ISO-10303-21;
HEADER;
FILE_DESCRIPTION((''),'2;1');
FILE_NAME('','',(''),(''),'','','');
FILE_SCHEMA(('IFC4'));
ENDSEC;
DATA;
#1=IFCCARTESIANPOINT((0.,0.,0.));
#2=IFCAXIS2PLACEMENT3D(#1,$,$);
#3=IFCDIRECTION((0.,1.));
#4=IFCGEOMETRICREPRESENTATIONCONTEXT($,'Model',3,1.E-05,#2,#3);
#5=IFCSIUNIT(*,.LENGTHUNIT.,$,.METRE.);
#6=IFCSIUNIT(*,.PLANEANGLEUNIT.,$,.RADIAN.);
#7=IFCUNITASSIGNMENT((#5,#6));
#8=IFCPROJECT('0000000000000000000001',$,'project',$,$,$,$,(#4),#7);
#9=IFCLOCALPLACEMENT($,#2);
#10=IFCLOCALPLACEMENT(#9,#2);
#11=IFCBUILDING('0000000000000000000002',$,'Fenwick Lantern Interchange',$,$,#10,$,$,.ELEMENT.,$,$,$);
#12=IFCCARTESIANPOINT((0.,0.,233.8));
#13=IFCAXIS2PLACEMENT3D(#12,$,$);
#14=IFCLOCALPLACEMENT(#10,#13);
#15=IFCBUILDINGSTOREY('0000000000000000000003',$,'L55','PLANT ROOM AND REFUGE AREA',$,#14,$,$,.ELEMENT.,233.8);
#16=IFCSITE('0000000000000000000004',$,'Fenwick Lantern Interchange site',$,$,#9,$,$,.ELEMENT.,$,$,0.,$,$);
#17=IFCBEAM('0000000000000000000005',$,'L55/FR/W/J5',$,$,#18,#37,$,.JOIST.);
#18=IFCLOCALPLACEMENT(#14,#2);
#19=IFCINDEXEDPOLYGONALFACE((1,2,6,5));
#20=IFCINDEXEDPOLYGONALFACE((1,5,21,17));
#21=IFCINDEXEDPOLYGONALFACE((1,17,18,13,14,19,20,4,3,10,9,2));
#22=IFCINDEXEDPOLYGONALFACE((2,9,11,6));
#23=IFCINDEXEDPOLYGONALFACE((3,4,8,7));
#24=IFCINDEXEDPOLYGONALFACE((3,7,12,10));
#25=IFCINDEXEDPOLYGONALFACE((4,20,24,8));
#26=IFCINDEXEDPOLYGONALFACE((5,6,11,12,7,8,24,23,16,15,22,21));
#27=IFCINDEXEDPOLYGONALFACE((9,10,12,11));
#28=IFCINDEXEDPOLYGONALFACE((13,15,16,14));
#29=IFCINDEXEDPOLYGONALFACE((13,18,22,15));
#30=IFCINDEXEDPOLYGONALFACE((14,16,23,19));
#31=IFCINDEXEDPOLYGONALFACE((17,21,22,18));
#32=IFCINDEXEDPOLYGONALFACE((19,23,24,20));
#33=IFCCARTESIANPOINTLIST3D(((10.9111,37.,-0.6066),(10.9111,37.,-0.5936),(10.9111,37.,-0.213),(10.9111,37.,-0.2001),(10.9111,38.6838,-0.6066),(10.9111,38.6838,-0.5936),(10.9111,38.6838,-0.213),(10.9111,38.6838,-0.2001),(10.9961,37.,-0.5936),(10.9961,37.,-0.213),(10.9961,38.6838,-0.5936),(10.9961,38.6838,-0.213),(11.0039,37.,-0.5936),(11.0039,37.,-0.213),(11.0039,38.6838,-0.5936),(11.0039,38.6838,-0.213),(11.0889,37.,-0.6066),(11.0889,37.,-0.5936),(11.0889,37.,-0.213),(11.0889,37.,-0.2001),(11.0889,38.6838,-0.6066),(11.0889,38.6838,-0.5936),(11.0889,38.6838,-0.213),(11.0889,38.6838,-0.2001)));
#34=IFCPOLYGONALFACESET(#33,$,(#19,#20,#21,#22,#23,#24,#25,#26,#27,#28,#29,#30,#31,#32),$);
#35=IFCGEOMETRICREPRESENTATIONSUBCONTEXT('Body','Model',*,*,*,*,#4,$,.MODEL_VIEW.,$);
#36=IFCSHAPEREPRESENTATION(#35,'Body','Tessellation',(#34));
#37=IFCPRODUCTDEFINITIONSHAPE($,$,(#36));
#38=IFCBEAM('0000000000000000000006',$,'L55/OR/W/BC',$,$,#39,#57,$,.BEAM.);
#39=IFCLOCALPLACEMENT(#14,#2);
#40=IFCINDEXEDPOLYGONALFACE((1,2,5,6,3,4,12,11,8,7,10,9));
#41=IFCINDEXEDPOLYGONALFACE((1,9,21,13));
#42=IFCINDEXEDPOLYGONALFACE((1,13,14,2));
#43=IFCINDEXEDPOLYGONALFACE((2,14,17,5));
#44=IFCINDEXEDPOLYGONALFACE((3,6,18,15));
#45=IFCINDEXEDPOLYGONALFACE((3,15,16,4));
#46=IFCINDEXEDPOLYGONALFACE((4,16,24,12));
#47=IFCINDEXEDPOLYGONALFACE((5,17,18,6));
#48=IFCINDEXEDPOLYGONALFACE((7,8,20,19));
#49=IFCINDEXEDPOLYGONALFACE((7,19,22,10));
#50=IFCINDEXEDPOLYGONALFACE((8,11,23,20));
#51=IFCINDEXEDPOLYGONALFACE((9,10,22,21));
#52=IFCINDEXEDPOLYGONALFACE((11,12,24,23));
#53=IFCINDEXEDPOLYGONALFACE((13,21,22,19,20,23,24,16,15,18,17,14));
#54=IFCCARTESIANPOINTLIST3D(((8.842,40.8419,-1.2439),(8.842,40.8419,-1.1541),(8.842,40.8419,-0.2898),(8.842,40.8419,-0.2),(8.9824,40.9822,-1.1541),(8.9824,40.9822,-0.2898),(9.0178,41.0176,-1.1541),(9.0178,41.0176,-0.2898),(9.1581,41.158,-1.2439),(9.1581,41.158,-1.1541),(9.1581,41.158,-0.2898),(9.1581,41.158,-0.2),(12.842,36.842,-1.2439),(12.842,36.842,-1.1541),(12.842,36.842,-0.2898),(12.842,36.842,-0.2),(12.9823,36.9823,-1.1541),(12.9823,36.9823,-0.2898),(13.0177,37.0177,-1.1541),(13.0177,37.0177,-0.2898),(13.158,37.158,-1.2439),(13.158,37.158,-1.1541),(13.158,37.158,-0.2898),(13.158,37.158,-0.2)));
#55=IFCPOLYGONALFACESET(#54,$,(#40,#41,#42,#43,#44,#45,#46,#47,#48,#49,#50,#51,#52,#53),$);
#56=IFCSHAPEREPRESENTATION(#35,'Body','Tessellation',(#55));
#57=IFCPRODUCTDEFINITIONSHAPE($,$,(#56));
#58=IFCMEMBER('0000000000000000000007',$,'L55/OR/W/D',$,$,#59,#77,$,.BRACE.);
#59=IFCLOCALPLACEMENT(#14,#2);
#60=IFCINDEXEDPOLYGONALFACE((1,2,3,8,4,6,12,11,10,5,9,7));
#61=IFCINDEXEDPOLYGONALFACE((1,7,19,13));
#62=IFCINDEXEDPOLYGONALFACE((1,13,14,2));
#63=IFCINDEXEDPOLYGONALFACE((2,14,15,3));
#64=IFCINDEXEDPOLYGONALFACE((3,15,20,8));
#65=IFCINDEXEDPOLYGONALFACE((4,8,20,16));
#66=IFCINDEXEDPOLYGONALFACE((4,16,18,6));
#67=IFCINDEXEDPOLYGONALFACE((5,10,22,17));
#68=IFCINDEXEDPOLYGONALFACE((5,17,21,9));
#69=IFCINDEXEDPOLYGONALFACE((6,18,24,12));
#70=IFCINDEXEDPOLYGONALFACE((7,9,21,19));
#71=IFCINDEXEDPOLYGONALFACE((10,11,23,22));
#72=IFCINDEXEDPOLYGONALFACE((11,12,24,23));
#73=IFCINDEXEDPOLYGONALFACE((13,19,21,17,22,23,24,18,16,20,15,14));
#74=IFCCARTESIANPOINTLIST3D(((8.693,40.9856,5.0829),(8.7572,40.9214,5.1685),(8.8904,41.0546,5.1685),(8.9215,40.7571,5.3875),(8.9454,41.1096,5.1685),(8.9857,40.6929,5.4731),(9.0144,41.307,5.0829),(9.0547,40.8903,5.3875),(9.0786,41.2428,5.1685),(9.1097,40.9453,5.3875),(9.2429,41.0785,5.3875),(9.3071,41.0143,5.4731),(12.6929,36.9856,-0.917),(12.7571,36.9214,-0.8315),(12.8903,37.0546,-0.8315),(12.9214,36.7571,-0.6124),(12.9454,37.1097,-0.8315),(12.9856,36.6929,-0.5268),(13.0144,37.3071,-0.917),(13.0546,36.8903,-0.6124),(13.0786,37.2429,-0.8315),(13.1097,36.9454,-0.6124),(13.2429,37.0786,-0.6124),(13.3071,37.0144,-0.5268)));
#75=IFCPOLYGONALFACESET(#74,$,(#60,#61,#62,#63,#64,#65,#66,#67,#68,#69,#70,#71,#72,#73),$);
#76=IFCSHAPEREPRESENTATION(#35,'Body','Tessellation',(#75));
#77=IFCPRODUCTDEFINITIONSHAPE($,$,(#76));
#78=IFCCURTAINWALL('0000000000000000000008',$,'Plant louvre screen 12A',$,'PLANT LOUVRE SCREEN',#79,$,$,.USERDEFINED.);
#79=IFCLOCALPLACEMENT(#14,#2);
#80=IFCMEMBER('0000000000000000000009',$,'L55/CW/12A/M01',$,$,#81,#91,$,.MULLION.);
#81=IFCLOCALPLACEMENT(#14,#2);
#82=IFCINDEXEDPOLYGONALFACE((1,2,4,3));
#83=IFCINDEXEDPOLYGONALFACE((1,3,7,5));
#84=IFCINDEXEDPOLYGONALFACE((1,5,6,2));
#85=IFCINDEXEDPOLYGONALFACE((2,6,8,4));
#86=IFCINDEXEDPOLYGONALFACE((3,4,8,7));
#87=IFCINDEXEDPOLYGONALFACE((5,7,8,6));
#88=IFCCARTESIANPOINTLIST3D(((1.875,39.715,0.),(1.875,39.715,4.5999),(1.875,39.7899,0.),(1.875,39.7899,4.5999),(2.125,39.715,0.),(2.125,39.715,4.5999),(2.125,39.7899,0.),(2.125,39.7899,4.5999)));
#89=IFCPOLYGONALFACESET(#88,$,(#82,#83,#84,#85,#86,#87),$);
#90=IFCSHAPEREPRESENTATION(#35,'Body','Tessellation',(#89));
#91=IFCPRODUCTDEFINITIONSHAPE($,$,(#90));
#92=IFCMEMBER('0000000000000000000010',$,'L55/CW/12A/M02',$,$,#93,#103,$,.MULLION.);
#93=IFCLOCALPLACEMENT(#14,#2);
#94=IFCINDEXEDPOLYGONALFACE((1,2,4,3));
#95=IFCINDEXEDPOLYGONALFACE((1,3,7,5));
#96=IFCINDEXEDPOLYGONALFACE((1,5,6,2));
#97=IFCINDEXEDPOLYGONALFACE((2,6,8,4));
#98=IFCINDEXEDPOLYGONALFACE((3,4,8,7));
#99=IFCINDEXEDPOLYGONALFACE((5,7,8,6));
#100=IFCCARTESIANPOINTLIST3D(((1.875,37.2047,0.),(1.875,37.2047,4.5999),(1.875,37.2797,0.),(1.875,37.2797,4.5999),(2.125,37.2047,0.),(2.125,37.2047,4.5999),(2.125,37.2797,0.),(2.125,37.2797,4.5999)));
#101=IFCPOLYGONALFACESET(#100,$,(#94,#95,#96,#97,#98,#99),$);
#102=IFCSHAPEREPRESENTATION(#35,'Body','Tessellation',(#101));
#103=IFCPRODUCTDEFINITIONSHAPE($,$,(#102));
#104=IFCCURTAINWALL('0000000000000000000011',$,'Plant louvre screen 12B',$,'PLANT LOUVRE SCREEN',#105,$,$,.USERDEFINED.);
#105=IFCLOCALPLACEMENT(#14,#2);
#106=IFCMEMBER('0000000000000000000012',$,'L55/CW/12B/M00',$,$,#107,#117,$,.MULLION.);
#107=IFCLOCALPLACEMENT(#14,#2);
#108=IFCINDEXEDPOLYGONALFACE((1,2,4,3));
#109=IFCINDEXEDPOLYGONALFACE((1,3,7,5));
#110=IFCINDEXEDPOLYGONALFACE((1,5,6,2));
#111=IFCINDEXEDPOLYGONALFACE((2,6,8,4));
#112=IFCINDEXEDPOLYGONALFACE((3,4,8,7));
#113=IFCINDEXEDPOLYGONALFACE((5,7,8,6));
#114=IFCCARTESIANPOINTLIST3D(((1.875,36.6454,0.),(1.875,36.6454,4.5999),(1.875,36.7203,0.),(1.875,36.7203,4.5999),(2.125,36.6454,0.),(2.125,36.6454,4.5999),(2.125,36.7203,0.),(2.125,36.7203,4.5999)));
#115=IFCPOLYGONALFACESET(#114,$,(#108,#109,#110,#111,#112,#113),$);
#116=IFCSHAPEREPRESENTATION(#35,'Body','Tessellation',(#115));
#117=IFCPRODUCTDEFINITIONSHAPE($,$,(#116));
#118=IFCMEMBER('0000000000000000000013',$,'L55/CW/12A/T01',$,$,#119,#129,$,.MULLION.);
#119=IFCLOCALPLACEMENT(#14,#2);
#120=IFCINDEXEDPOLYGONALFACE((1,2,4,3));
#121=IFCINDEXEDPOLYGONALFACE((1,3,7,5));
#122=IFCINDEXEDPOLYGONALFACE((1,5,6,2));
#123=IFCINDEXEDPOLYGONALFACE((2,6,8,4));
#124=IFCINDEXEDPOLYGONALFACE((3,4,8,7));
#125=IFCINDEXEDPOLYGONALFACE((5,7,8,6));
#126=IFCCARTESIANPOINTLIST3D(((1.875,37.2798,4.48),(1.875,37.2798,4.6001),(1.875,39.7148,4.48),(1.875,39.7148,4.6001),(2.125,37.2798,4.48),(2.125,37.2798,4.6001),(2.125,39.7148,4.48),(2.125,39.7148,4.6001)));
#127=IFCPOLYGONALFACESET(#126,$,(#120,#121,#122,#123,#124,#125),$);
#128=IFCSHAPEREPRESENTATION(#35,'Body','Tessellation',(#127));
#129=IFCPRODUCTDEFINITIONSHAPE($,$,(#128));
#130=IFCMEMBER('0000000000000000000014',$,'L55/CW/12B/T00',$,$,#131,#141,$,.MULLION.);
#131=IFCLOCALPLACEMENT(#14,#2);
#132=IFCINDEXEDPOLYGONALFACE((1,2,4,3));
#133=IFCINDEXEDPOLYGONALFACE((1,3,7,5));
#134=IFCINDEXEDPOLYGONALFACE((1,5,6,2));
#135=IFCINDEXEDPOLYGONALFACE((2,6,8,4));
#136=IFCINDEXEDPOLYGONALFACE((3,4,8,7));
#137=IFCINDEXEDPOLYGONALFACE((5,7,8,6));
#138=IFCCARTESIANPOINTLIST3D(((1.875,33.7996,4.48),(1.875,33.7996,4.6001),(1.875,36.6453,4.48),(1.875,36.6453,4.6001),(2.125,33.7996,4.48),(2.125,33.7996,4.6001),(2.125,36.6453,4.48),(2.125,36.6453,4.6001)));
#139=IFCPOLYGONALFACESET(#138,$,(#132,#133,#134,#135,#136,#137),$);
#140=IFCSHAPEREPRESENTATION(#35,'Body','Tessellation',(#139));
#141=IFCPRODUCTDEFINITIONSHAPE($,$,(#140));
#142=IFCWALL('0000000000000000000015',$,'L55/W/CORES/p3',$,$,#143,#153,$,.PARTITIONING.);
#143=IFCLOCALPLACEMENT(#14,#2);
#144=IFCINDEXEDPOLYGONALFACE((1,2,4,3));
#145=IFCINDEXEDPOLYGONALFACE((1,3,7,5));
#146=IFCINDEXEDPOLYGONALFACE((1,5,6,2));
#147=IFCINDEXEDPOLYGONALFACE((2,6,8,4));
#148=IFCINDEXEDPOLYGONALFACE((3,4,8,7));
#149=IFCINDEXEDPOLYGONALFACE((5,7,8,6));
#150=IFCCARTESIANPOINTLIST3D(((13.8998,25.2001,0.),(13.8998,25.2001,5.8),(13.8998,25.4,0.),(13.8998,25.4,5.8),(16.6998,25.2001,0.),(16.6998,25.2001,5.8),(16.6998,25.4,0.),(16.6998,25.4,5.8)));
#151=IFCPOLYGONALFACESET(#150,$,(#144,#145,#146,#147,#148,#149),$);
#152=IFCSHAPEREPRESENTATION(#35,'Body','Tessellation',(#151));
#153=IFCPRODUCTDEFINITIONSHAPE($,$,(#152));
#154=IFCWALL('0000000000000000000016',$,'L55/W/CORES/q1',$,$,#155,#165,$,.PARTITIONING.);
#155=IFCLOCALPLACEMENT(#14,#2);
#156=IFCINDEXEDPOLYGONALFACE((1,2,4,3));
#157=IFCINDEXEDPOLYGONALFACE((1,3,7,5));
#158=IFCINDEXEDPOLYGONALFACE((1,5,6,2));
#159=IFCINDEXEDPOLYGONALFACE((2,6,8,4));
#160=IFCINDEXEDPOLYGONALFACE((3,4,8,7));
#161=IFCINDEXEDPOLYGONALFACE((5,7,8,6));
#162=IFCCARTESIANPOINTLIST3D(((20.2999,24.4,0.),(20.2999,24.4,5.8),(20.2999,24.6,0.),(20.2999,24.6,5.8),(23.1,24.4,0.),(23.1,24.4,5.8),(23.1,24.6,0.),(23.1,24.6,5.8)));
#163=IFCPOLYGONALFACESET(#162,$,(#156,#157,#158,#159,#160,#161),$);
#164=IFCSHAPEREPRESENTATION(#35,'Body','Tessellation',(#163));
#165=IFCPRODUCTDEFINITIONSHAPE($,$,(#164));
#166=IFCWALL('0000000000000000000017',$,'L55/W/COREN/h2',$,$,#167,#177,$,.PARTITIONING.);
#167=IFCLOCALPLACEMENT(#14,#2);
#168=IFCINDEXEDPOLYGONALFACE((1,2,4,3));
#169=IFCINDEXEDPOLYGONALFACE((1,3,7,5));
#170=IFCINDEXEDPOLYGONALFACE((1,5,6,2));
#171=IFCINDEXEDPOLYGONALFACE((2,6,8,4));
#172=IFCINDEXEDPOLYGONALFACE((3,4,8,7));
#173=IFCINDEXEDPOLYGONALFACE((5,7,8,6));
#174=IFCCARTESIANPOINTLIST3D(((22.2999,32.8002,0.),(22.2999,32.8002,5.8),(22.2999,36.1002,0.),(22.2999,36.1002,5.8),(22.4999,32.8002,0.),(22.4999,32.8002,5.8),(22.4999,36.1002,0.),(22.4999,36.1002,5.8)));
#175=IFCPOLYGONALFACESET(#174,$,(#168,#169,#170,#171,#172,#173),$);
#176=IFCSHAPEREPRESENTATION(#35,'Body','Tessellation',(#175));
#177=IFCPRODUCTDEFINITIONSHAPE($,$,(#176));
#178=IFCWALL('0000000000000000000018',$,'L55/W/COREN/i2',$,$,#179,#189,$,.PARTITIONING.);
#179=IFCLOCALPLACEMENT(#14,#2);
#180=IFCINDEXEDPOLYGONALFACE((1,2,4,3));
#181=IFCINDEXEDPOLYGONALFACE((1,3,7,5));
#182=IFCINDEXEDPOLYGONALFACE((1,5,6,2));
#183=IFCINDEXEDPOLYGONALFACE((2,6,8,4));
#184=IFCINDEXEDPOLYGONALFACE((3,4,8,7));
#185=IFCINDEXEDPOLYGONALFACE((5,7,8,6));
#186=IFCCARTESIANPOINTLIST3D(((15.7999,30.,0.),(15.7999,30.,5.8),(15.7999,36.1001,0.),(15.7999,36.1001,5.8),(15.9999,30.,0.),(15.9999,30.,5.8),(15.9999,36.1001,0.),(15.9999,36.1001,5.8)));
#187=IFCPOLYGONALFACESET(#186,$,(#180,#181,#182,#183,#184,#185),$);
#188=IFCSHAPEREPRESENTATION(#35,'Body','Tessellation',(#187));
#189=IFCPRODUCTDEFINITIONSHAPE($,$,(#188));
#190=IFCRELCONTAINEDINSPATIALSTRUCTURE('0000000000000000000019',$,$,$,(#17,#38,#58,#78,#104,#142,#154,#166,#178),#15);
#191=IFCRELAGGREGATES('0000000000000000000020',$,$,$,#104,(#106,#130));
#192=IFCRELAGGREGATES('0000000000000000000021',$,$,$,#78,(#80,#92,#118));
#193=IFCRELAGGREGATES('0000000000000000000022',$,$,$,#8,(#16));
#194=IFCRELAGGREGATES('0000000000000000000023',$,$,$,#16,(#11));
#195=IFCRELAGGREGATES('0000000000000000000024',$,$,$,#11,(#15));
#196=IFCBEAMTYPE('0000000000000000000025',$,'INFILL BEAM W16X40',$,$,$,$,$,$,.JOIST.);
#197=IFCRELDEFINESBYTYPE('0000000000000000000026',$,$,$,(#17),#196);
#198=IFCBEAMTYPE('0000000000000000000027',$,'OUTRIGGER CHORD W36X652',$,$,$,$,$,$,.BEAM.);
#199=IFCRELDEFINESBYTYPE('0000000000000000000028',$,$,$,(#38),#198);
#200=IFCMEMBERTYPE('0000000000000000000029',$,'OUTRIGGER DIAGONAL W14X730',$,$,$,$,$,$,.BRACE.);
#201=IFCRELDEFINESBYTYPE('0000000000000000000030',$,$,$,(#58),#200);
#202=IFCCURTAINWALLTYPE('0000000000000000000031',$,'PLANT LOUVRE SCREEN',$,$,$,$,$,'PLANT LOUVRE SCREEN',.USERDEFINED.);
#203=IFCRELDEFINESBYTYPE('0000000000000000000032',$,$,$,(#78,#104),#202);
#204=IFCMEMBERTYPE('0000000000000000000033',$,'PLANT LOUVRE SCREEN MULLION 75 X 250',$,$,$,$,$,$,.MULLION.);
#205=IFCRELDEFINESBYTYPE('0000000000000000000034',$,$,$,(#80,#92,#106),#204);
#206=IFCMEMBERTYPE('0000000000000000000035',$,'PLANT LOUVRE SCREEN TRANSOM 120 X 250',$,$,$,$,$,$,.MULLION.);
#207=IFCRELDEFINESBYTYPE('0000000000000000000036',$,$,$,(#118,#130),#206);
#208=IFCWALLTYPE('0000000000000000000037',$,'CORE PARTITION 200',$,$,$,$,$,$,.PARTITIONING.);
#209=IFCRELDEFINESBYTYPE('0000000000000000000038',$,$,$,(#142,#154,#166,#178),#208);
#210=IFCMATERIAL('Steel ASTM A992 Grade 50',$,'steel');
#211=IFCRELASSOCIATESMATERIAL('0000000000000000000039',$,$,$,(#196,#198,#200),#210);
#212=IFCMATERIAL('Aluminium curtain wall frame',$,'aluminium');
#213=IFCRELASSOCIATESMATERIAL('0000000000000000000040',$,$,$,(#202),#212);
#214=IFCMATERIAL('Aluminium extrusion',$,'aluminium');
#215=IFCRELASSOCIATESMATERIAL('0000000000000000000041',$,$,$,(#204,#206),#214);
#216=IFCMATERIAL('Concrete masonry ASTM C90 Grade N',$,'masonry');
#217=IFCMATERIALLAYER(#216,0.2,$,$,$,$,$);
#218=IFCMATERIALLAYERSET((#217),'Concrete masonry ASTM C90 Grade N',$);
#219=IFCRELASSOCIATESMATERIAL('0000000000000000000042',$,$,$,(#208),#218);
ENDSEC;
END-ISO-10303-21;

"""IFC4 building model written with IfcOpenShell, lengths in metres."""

from ifc_helpers import new_model, si_unit, direction, frame, frame_2d, origin, origin_2d, place, context, subcontext, project, spatial, rectangle, i_section, extrude, material, layer, layer_set, material_profile, profile_set, type_object, element, aggregate, save


model = new_model("IFC4")

# Units and contexts
model_context = context("Model", 3, precision=1e-05, world=origin(), true_north=direction((0.0, 1.0)))
body_context = subcontext(model_context, "Body", "Model", "MODEL_VIEW")
ifc_project = project(units=[si_unit("LENGTHUNIT", "METRE"), si_unit("PLANEANGLEUNIT", "RADIAN")], contexts=[model_context])

# Site, building, storey
site_placement = place(None, origin())
site = spatial("IfcSite", under=ifc_project, at=site_placement, Name="Fenwick Lantern Interchange site", CompositionType="ELEMENT", RefElevation=0.0)
building_placement = place(site_placement, origin())
building = spatial("IfcBuilding", under=site, at=building_placement, Name="Fenwick Lantern Interchange", CompositionType="ELEMENT")
storey_placement = place(building_placement, frame((0.0, 0.0, 233.8)))
storey = spatial("IfcBuildingStorey", under=building, at=storey_placement, Name="L55", Description="PLANT ROOM AND REFUGE AREA", CompositionType="ELEMENT", Elevation=233.8)

# Beams
ifc_material_1 = material(Name="Steel ASTM A992 Grade 50", Category="steel")
ifc_material_profile_1 = material_profile(ifc_material_1, i_section(OverallWidth=0.1777, OverallDepth=0.4065, WebThickness=0.0078, FlangeThickness=0.0129, at=origin_2d()), Name="W16X40")
ifc_profile_set_1 = profile_set([ifc_material_profile_1], Name="Steel ASTM A992 Grade 50")
beam_type_1 = type_object("IfcBeamType", Name="INFILL BEAM W16X40", PredefinedType="JOIST", material=ifc_profile_set_1)
beam_1_placement = place(storey_placement, frame((11.0, 38.6838, -0.4033), z_axis=(0.0, -1.0, 0.0), x_axis=(1.0, 0.0, 0.0)))
element("IfcBeam", 1, at=beam_1_placement, inside=storey, type_object=beam_type_1, Name="L55/FR/W/J5", PredefinedType="JOIST", context=body_context, shape_type="SweptSolid", body=[
    extrude(i_section(OverallWidth=0.1777, OverallDepth=0.4065, WebThickness=0.0078, FlangeThickness=0.0129, at=origin_2d()), origin(), (0.0, 0.0, 1.0), 1.6838),
])
ifc_material_profile_2 = material_profile(ifc_material_1, i_section(OverallWidth=0.447, OverallDepth=1.0439, WebThickness=0.05, FlangeThickness=0.0898, at=origin_2d()), Name="W36X652")
ifc_profile_set_2 = profile_set([ifc_material_profile_2], Name="Steel ASTM A992 Grade 50")
beam_type_2 = type_object("IfcBeamType", Name="OUTRIGGER CHORD W36X652", PredefinedType="BEAM", material=ifc_profile_set_2)
beam_2_placement = place(storey_placement, frame((13.0, 37.0, -0.7219), z_axis=(-0.707107, 0.707107, 0.0), x_axis=(-0.707107, -0.707107, 0.0)))
element("IfcBeam", 2, at=beam_2_placement, inside=storey, type_object=beam_type_2, Name="L55/OR/W/BC", PredefinedType="BEAM", context=body_context, shape_type="SweptSolid", body=[
    extrude(i_section(OverallWidth=0.447, OverallDepth=1.0439, WebThickness=0.05, FlangeThickness=0.0898, at=origin_2d()), origin(), (0.0, 0.0, 1.0), 5.6567),
])

# Member
ifc_material_profile_3 = material_profile(ifc_material_1, i_section(OverallWidth=0.4546, OverallDepth=0.5688, WebThickness=0.0779, FlangeThickness=0.1248, at=origin_2d()), Name="W14X730")
ifc_profile_set_3 = profile_set([ifc_material_profile_3], Name="Steel ASTM A992 Grade 50")
member_type_1 = type_object("IfcMemberType", Name="OUTRIGGER DIAGONAL W14X730", PredefinedType="BRACE", material=ifc_profile_set_3)
member_1_placement = place(storey_placement, frame((13.0, 37.0, -0.7219), z_axis=(-0.485071, 0.485071, 0.727607), x_axis=(-0.707107, -0.707107, 0.0)))
element("IfcMember", 3, at=member_1_placement, inside=storey, type_object=member_type_1, Name="L55/OR/W/D", PredefinedType="BRACE", context=body_context, shape_type="SweptSolid", body=[
    extrude(i_section(OverallWidth=0.4546, OverallDepth=0.5688, WebThickness=0.0779, FlangeThickness=0.1248, at=origin_2d()), origin(), (0.0, 0.0, 1.0), 8.2461),
])

# Curtain wall, members
ifc_material_2 = material(Name="Aluminium curtain wall frame", Category="aluminium")
curtain_wall_type = type_object("IfcCurtainWallType", Name="PLANT LOUVRE SCREEN", ElementType="PLANT LOUVRE SCREEN", PredefinedType="USERDEFINED", material=ifc_material_2)
curtain_wall_1_placement = place(storey_placement, origin())
curtain_wall_1 = element("IfcCurtainWall", 4, at=curtain_wall_1_placement, inside=storey, type_object=curtain_wall_type, Name="Plant louvre screen 12A", ObjectType="PLANT LOUVRE SCREEN", PredefinedType="USERDEFINED")
ifc_material_3 = material(Name="Aluminium extrusion", Category="aluminium")
ifc_material_profile_4 = material_profile(ifc_material_3, rectangle(XDim=0.25, YDim=0.075, at=origin_2d()), Name="PLANT LOUVRE SCREEN MULLION 75 X 250")
ifc_profile_set_4 = profile_set([ifc_material_profile_4], Name="Aluminium extrusion")
member_type_2 = type_object("IfcMemberType", Name="PLANT LOUVRE SCREEN MULLION 75 X 250", PredefinedType="MULLION", material=ifc_profile_set_4)
member_2_placement = place(storey_placement, frame((2.0, 39.7524, 0.0), z_axis=(0.0, 0.0, 1.0), x_axis=(1.0, 0.0, 0.0)))
member_2 = element("IfcMember", 5, at=member_2_placement, type_object=member_type_2, Name="L55/CW/12A/M01", PredefinedType="MULLION", context=body_context, shape_type="SweptSolid", body=[
    extrude(rectangle(XDim=0.25, YDim=0.075, at=origin_2d()), origin(), (0.0, 0.0, 1.0), 4.5999),
])
member_3_placement = place(storey_placement, frame((2.0, 37.2422, 0.0), z_axis=(0.0, 0.0, 1.0), x_axis=(1.0, 0.0, 0.0)))
member_3 = element("IfcMember", 6, at=member_3_placement, type_object=member_type_2, Name="L55/CW/12A/M02", PredefinedType="MULLION", context=body_context, shape_type="SweptSolid", body=[
    extrude(rectangle(XDim=0.25, YDim=0.075, at=origin_2d()), origin(), (0.0, 0.0, 1.0), 4.5999),
])

# Curtain wall, member
curtain_wall_2_placement = place(storey_placement, origin())
curtain_wall_2 = element("IfcCurtainWall", 7, at=curtain_wall_2_placement, inside=storey, type_object=curtain_wall_type, Name="Plant louvre screen 12B", ObjectType="PLANT LOUVRE SCREEN", PredefinedType="USERDEFINED")
member_4_placement = place(storey_placement, frame((2.0, 36.6829, 0.0), z_axis=(0.0, 0.0, 1.0), x_axis=(1.0, 0.0, 0.0)))
member_4 = element("IfcMember", 8, at=member_4_placement, type_object=member_type_2, Name="L55/CW/12B/M00", PredefinedType="MULLION", context=body_context, shape_type="SweptSolid", body=[
    extrude(rectangle(XDim=0.25, YDim=0.075, at=origin_2d()), origin(), (0.0, 0.0, 1.0), 4.5999),
])

# Members
ifc_material_profile_5 = material_profile(ifc_material_3, rectangle(XDim=0.25, YDim=0.1201, at=origin_2d()), Name="PLANT LOUVRE SCREEN TRANSOM 120 X 250")
ifc_profile_set_5 = profile_set([ifc_material_profile_5], Name="Aluminium extrusion")
member_type_3 = type_object("IfcMemberType", Name="PLANT LOUVRE SCREEN TRANSOM 120 X 250", PredefinedType="MULLION", material=ifc_profile_set_5)
member_5_placement = place(storey_placement, frame((2.0, 39.7148, 4.54), z_axis=(0.0, -1.0, 0.0), x_axis=(1.0, 0.0, 0.0)))
member_5 = element("IfcMember", 9, at=member_5_placement, type_object=member_type_3, Name="L55/CW/12A/T01", PredefinedType="MULLION", context=body_context, shape_type="SweptSolid", body=[
    extrude(rectangle(XDim=0.25, YDim=0.1201, at=origin_2d()), origin(), (0.0, 0.0, 1.0), 2.4351),
])
member_6_placement = place(storey_placement, frame((2.0, 36.6453, 4.54), z_axis=(0.0, -1.0, 0.0), x_axis=(1.0, 0.0, 0.0)))
member_6 = element("IfcMember", 10, at=member_6_placement, type_object=member_type_3, Name="L55/CW/12B/T00", PredefinedType="MULLION", context=body_context, shape_type="SweptSolid", body=[
    extrude(rectangle(XDim=0.25, YDim=0.1201, at=origin_2d()), origin(), (0.0, 0.0, 1.0), 2.8457),
])
aggregate(curtain_wall_2, [member_4, member_6])

# Walls
ifc_material_4 = material(Name="Concrete masonry ASTM C90 Grade N", Category="masonry")
ifc_layer_1 = layer(ifc_material_4, 0.2)
ifc_layer_set_1 = layer_set([ifc_layer_1], Name="Concrete masonry ASTM C90 Grade N")
wall_type_1 = type_object("IfcWallType", Name="CORE PARTITION 200", PredefinedType="PARTITIONING", material=ifc_layer_set_1)
for number, where, z_axis, x_axis, name in (
    (11, (13.8999, 25.3, 0.0), (0.0, 0.0, 1.0), (1.0, 0.0, 0.0), "L55/W/CORES/p3"),
    (12, (20.3, 24.5, 0.0), (0.0, 0.0, 1.0), (1.0, 0.0, 0.0), "L55/W/CORES/q1"),
):
    element("IfcWall", number, at=place(storey_placement, frame(where, z_axis=z_axis, x_axis=x_axis)), inside=storey, type_object=wall_type_1, Name=name, PredefinedType="PARTITIONING", context=body_context, shape_type="SweptSolid", body=[
        extrude(rectangle(XDim=2.8, YDim=0.2, at=frame_2d((1.3999, 0.0))), origin(), (0.0, 0.0, 1.0), 5.8),
    ])
wall_1_placement = place(storey_placement, frame((22.3999, 36.1001, 0.0), z_axis=(0.0, 0.0, 1.0), x_axis=(0.0, -1.0, 0.0)))
element("IfcWall", 13, at=wall_1_placement, inside=storey, type_object=wall_type_1, Name="L55/W/COREN/h2", PredefinedType="PARTITIONING", context=body_context, shape_type="SweptSolid", body=[
    extrude(rectangle(XDim=3.3, YDim=0.2, at=frame_2d((1.6499, 0.0))), origin(), (0.0, 0.0, 1.0), 5.8),
])
wall_2_placement = place(storey_placement, frame((15.8999, 36.1001, 0.0), z_axis=(0.0, 0.0, 1.0), x_axis=(0.0, -1.0, 0.0)))
element("IfcWall", 14, at=wall_2_placement, inside=storey, type_object=wall_type_1, Name="L55/W/COREN/i2", PredefinedType="PARTITIONING", context=body_context, shape_type="SweptSolid", body=[
    extrude(rectangle(XDim=6.1001, YDim=0.2, at=frame_2d((3.05, 0.0))), origin(), (0.0, 0.0, 1.0), 5.8),
])

aggregate(curtain_wall_1, [member_2, member_3, member_5])

save(model, "model.ifc")
